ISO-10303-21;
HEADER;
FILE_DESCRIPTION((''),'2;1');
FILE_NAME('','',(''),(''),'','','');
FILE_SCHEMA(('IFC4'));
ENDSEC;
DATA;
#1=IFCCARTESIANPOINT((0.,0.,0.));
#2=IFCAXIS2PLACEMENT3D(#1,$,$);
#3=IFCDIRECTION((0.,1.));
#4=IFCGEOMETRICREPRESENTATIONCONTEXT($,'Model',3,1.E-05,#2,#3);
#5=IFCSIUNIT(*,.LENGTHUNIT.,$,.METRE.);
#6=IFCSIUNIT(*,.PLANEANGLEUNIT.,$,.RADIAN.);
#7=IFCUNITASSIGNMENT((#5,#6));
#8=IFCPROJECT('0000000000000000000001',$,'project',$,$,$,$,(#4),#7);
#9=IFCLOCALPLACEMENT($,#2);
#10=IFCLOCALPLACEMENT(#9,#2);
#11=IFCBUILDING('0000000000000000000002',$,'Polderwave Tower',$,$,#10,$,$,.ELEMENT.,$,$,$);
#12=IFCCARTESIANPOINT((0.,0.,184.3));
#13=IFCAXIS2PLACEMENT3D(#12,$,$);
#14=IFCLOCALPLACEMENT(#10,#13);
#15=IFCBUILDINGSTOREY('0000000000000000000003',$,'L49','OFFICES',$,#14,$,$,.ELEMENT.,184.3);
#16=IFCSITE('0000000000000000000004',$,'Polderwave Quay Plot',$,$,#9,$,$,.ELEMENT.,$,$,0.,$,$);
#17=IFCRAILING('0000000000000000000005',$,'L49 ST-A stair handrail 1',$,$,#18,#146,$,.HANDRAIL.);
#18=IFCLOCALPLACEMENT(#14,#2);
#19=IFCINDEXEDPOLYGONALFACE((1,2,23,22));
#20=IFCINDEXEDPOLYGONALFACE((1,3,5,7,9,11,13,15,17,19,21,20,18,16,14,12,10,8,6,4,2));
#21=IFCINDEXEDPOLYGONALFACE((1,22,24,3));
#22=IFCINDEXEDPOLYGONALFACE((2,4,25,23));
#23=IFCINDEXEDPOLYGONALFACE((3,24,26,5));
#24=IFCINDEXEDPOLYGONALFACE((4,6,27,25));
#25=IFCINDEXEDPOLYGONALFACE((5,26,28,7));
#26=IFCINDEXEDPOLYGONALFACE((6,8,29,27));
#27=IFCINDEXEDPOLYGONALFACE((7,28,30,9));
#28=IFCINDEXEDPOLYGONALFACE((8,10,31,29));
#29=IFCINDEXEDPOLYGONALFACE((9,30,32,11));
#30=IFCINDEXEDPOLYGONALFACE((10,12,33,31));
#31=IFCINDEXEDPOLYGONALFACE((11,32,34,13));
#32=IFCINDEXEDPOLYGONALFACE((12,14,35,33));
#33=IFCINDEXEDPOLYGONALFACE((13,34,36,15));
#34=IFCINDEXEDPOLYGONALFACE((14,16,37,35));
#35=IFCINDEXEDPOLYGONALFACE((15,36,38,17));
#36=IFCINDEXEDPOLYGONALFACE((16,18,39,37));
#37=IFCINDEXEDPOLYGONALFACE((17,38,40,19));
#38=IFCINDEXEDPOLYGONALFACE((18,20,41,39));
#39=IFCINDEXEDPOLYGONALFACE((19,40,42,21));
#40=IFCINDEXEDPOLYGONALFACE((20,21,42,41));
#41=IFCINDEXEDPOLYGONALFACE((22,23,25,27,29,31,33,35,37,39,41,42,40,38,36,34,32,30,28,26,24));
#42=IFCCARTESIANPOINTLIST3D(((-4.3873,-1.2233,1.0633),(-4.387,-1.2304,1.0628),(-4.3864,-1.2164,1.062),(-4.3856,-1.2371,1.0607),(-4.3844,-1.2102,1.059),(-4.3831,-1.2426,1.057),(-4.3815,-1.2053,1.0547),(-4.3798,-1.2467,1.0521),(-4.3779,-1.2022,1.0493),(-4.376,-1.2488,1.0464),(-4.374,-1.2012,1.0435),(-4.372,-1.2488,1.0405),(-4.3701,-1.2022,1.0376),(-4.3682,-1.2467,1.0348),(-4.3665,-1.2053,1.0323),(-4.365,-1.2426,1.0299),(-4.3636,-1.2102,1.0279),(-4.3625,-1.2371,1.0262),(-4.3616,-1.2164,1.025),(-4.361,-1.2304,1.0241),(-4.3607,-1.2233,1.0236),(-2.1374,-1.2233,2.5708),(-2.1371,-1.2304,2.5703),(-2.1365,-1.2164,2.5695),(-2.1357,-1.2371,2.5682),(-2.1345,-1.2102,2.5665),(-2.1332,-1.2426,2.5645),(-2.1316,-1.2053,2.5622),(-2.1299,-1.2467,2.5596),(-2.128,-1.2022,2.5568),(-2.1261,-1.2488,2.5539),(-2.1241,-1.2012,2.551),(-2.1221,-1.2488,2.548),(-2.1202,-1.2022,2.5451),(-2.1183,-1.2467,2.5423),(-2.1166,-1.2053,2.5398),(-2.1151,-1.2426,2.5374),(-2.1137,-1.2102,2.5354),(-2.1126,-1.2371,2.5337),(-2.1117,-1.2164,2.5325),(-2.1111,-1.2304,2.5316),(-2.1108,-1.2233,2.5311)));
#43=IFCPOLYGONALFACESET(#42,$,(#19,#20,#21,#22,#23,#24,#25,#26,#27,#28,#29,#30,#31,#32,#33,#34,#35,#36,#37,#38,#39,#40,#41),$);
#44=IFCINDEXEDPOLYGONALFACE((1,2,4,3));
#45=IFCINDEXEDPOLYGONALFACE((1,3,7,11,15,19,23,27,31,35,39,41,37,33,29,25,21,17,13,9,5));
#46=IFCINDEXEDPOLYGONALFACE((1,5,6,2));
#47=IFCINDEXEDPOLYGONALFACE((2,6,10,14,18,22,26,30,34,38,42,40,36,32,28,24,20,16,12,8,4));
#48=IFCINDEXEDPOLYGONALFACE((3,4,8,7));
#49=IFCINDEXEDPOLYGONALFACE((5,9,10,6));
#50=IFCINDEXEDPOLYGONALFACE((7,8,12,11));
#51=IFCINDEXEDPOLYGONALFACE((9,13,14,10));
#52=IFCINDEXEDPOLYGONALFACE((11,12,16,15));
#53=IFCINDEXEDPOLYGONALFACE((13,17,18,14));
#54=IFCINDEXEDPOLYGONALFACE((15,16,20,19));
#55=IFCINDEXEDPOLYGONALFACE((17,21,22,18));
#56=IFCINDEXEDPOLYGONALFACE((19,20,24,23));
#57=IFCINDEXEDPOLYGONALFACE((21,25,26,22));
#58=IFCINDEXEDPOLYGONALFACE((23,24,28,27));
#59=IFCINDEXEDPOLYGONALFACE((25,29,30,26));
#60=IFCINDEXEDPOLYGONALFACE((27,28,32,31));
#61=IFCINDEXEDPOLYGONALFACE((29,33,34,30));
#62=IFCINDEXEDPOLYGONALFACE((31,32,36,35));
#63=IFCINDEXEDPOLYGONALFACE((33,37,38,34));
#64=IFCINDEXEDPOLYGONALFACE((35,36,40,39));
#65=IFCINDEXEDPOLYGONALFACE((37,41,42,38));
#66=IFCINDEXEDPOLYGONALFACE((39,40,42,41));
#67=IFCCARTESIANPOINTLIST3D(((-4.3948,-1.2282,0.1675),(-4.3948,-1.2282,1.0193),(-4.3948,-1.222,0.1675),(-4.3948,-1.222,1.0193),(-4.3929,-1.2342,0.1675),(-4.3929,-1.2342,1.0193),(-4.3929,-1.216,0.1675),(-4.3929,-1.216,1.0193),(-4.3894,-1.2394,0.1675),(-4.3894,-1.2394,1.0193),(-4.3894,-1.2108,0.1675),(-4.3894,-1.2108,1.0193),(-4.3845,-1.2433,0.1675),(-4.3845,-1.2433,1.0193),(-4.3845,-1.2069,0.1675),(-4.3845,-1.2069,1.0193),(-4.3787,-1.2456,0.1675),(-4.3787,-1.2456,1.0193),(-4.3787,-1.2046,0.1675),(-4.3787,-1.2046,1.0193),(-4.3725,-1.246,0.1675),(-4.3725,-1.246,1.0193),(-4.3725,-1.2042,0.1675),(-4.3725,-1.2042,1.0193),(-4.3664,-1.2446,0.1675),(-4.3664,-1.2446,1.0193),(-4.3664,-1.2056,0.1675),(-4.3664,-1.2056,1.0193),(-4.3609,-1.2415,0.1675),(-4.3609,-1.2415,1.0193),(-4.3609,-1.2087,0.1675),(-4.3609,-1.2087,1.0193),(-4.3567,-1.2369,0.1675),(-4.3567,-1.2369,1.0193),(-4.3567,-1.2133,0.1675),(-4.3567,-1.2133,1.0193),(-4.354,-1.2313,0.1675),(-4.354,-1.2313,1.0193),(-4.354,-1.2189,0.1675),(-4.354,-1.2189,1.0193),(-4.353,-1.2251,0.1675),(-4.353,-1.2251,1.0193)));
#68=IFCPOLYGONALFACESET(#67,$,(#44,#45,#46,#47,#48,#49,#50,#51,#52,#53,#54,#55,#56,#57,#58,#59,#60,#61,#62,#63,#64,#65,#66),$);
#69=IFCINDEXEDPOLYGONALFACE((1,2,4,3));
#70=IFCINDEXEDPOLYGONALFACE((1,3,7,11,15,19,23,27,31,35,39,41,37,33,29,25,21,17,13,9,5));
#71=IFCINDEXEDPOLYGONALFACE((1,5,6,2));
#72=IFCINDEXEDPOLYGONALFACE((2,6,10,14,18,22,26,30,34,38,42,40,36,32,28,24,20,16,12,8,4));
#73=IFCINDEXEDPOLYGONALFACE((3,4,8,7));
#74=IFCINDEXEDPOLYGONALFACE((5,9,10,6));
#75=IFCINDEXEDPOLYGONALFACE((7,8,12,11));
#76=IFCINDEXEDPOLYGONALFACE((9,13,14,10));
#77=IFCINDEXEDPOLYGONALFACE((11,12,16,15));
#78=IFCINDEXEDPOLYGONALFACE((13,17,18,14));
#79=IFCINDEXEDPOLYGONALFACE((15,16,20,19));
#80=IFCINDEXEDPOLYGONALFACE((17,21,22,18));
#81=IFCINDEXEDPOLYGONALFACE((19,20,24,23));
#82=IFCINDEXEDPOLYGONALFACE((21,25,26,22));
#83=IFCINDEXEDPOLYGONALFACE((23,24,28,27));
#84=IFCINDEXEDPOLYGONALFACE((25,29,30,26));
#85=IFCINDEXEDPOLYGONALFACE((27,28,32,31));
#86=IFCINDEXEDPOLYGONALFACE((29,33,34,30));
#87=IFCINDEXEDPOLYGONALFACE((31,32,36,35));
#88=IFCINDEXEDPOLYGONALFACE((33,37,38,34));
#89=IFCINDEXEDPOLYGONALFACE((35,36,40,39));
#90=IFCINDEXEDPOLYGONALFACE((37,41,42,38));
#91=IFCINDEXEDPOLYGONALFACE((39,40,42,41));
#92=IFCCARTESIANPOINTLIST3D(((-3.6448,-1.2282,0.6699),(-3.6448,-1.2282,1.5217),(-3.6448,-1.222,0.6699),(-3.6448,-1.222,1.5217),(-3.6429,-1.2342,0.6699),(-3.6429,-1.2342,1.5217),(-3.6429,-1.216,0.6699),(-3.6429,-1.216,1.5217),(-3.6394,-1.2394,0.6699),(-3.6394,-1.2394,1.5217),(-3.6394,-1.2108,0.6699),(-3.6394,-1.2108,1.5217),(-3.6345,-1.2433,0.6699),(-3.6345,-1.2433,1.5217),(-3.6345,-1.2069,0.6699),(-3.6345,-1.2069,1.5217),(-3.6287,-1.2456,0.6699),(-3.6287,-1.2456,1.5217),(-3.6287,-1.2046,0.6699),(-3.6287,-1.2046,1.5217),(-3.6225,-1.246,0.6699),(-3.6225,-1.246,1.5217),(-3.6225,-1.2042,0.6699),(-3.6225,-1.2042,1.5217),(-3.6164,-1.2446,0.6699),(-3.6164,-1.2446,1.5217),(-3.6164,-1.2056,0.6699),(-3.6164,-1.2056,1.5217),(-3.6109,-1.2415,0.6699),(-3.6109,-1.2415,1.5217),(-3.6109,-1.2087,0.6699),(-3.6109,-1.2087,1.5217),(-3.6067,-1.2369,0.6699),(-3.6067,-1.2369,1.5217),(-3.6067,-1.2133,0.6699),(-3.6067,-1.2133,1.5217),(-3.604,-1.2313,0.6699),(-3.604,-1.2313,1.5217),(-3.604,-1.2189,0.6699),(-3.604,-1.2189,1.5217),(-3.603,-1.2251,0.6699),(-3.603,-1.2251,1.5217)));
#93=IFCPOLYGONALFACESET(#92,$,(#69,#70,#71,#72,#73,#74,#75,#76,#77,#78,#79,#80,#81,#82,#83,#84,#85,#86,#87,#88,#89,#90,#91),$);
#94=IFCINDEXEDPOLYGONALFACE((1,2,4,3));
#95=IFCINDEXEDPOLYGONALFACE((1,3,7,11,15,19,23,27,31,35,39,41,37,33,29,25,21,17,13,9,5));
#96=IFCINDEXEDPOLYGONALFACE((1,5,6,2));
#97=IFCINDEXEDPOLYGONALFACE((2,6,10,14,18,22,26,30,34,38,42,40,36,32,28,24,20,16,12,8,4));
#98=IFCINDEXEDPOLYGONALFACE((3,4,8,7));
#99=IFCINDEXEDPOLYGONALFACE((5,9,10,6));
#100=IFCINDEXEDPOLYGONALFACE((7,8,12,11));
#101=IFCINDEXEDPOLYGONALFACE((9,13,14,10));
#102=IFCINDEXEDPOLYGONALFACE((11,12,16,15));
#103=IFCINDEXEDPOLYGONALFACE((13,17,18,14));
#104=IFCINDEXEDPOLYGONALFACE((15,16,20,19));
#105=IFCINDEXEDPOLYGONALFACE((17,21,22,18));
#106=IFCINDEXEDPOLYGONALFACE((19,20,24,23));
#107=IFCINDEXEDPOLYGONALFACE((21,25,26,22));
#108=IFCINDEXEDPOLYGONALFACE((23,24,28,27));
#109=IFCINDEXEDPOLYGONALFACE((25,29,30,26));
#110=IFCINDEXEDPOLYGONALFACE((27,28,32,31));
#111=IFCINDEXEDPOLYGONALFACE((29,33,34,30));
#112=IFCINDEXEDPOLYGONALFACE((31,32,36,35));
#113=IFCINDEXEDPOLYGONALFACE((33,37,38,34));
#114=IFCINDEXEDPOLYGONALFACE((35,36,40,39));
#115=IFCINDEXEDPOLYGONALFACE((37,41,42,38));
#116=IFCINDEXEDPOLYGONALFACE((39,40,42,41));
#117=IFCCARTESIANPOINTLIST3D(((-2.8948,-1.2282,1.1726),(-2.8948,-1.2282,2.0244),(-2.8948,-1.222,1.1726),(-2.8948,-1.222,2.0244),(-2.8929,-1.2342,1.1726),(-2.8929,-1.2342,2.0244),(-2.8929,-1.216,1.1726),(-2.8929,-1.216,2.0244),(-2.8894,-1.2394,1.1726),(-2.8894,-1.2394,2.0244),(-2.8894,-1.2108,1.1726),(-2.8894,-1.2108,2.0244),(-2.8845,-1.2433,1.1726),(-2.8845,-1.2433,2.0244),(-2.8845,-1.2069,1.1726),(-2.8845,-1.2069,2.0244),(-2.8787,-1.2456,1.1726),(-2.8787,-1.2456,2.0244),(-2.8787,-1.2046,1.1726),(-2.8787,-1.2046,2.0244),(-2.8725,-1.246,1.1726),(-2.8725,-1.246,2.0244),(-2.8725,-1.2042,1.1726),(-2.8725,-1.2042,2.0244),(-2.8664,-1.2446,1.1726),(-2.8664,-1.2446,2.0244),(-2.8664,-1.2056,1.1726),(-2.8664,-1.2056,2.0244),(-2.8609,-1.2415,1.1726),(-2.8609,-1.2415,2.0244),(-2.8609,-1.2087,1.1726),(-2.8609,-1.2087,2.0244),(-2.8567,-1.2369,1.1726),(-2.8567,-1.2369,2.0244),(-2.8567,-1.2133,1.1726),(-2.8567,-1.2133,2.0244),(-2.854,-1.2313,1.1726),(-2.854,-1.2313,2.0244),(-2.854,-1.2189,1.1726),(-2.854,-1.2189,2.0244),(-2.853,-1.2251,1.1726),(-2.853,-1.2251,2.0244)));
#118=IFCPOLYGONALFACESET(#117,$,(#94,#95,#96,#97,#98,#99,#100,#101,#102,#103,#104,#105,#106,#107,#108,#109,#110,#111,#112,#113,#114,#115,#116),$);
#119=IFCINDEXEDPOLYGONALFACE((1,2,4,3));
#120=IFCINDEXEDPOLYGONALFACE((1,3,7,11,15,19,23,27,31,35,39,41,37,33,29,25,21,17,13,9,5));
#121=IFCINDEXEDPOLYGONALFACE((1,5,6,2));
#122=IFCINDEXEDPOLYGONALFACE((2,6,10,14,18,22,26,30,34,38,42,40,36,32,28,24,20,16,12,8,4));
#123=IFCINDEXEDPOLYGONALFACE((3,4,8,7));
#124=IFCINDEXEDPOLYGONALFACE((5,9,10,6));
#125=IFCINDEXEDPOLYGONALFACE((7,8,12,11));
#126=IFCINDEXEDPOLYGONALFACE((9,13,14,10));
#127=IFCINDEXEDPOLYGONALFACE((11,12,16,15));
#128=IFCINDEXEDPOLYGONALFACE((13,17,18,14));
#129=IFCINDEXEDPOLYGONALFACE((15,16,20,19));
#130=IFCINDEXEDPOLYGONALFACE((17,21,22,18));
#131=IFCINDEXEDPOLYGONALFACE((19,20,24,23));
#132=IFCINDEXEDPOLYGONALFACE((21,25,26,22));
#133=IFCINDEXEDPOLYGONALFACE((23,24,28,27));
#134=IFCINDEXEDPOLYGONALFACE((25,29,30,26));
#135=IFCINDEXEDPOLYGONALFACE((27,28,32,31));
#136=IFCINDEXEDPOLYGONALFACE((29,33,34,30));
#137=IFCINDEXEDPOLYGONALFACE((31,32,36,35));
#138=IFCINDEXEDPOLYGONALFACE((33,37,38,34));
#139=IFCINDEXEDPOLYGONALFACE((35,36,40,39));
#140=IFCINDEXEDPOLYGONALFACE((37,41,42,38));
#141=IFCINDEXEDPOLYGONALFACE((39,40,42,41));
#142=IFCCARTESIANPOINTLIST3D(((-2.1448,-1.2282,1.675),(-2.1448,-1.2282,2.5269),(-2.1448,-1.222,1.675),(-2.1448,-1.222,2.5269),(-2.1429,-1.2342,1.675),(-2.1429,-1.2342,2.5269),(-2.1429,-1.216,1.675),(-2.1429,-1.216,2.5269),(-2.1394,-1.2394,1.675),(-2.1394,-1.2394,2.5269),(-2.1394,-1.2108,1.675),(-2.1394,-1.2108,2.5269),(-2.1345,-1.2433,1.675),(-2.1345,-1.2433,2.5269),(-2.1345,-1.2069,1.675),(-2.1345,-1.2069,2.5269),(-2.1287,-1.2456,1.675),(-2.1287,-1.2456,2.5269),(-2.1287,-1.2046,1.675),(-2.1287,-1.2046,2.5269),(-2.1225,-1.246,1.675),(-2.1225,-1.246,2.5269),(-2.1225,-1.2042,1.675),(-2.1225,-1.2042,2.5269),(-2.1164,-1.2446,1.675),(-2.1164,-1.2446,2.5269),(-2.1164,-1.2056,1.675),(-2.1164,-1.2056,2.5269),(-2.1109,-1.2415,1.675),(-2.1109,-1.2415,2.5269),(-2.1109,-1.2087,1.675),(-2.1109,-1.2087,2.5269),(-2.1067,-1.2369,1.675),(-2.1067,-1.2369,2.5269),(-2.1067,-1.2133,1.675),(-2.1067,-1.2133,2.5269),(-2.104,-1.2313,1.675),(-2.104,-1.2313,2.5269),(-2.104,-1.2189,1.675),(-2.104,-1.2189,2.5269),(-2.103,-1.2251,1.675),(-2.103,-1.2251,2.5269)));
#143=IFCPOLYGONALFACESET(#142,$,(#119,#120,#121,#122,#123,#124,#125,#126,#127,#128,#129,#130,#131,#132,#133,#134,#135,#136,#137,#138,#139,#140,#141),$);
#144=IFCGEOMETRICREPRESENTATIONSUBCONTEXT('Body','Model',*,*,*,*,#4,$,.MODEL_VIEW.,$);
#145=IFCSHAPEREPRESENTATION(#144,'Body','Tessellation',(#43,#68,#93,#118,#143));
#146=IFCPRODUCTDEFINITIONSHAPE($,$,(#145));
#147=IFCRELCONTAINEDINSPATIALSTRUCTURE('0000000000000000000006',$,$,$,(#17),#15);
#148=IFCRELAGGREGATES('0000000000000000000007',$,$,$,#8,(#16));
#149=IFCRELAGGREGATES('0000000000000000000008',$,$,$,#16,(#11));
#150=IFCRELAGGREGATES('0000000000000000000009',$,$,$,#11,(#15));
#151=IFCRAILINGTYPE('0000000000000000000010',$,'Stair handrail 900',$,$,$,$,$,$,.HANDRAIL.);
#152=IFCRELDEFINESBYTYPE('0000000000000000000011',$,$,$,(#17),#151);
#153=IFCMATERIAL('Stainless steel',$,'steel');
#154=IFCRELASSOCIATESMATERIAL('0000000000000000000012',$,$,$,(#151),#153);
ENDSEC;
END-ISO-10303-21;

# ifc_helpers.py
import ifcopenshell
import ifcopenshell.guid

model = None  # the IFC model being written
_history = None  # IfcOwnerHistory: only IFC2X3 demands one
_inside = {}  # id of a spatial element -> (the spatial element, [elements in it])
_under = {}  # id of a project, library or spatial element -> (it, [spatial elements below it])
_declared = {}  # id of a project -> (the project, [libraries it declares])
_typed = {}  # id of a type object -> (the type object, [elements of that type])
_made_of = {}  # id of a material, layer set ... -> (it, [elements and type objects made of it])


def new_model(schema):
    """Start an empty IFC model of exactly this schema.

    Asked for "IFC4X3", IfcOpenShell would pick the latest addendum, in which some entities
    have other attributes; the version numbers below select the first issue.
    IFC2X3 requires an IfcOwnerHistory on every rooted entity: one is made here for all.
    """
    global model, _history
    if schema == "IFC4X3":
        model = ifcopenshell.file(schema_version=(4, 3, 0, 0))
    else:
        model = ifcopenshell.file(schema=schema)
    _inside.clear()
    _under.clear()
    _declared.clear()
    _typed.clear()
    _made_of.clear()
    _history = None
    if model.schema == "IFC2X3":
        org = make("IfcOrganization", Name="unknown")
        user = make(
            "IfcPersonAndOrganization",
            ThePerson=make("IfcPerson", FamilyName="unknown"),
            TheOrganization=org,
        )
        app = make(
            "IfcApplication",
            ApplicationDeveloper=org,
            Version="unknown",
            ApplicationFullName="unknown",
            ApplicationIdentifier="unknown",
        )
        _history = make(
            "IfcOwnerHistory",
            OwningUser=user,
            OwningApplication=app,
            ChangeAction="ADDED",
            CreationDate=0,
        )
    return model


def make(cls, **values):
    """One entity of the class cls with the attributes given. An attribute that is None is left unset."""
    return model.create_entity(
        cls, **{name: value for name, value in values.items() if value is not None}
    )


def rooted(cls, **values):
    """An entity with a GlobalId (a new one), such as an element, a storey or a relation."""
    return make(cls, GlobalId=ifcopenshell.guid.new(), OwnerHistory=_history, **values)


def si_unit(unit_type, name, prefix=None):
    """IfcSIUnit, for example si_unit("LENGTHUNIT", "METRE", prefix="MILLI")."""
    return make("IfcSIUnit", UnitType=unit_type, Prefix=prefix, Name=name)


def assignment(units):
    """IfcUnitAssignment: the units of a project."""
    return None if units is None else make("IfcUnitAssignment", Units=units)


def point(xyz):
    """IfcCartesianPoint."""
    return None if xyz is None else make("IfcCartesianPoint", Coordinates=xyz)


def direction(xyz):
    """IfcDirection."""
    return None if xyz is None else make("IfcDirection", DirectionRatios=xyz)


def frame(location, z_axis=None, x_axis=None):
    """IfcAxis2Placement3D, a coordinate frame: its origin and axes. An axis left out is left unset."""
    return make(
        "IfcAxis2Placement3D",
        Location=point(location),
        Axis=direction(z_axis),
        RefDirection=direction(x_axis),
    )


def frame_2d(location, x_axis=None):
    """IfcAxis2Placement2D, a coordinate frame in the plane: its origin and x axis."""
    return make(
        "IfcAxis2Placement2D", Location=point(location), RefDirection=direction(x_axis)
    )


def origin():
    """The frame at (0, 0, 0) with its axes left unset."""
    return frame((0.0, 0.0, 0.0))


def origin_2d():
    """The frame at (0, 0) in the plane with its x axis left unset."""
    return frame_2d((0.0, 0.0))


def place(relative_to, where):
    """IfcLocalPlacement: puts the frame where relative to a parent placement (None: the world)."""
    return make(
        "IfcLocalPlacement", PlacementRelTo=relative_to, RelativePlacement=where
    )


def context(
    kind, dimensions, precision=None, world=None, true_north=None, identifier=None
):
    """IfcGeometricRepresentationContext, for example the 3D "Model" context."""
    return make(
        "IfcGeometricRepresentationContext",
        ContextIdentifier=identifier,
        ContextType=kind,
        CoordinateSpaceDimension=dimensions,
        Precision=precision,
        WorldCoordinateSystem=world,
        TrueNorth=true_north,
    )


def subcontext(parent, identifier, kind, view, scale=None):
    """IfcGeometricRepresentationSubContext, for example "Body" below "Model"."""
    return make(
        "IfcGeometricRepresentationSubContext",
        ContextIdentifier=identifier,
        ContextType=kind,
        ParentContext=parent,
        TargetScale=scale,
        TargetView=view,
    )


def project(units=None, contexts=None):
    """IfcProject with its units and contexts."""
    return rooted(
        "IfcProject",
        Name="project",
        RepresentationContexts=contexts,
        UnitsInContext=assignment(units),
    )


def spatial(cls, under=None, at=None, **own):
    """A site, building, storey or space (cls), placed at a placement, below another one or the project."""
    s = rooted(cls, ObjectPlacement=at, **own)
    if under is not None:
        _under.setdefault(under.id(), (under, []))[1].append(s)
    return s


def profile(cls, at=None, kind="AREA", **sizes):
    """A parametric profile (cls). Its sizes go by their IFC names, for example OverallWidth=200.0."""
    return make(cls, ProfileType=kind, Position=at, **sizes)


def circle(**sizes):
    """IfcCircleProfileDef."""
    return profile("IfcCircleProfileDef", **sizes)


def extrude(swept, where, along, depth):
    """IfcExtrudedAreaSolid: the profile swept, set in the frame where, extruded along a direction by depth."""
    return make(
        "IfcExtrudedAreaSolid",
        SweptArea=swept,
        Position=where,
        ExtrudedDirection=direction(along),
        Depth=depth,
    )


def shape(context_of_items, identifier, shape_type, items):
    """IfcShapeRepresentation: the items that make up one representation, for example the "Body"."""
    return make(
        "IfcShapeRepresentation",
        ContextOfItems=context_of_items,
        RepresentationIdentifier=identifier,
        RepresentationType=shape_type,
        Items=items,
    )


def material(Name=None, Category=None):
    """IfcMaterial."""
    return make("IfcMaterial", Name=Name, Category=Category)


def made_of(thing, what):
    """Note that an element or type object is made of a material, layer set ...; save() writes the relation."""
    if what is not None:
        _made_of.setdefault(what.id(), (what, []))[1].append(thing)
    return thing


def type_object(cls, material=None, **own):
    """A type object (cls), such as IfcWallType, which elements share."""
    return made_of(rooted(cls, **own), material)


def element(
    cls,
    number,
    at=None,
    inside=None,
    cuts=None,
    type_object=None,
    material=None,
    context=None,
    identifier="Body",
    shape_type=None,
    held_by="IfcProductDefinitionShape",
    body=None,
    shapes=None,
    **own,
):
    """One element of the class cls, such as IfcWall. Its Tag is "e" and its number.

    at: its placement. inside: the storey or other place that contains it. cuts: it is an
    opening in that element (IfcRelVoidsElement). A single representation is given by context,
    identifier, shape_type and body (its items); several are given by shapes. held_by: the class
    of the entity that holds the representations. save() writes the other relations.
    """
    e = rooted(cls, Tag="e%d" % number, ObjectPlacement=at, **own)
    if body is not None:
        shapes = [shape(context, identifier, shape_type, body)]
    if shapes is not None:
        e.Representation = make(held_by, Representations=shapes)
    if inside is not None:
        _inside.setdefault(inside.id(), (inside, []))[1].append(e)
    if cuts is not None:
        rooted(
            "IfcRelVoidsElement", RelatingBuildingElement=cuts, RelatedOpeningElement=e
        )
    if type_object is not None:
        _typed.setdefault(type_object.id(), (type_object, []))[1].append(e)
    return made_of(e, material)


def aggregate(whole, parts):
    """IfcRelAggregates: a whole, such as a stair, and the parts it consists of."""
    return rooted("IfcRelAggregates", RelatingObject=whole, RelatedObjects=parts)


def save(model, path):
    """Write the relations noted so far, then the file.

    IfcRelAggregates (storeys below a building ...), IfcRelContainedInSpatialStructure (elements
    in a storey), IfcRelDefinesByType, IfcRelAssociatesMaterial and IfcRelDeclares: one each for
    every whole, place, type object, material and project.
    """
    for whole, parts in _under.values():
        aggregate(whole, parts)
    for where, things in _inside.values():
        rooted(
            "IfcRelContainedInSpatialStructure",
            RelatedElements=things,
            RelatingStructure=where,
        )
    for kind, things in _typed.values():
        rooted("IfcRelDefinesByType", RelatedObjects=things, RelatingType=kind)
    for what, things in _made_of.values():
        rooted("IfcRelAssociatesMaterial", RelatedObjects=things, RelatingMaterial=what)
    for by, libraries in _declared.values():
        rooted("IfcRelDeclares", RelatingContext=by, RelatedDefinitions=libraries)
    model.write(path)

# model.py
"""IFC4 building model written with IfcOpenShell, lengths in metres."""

from ifc_helpers import new_model, si_unit, direction, frame, origin, origin_2d, place, context, subcontext, project, spatial, circle, extrude, material, type_object, element, save


model = new_model("IFC4")

# Units and contexts
model_context = context("Model", 3, precision=1e-05, world=origin(), true_north=direction((0.0, 1.0)))
body_context = subcontext(model_context, "Body", "Model", "MODEL_VIEW")
ifc_project = project(units=[si_unit("LENGTHUNIT", "METRE"), si_unit("PLANEANGLEUNIT", "RADIAN")], contexts=[model_context])

# Site, building, storey
site_placement = place(None, origin())
site = spatial("IfcSite", under=ifc_project, at=site_placement, Name="Polderwave Quay Plot", CompositionType="ELEMENT", RefElevation=0.0)
building_placement = place(site_placement, origin())
building = spatial("IfcBuilding", under=site, at=building_placement, Name="Polderwave Tower", CompositionType="ELEMENT")
storey_placement = place(building_placement, frame((0.0, 0.0, 184.3)))
storey = spatial("IfcBuildingStorey", under=building, at=storey_placement, Name="L49", Description="OFFICES", CompositionType="ELEMENT", Elevation=184.3)

# Railing
ifc_material_1 = material(Name="Stainless steel", Category="steel")
railing_type_1 = type_object("IfcRailingType", Name="Stair handrail 900", PredefinedType="HANDRAIL", material=ifc_material_1)
railing_1_placement = place(storey_placement, frame((-4.374, -1.2251, 0.1675)))
element("IfcRailing", 1, at=railing_1_placement, inside=storey, type_object=railing_type_1, Name="L49 ST-A stair handrail 1", PredefinedType="HANDRAIL", context=body_context, shape_type="SweptSolid", body=[
    extrude(circle(Radius=0.0239, at=origin_2d()), frame((0.0, 0.0, 0.876), z_axis=(0.830758, 0.0, 0.556633), x_axis=(0.0, 1.0, 0.0)), (0.0, 0.0, 1.0), 2.7083),
    extrude(circle(Radius=0.021, at=origin_2d()), origin(), (0.0, 0.0, 1.0), 0.8518),
    extrude(circle(Radius=0.021, at=origin_2d()), frame((0.75, 0.0, 0.5024)), (0.0, 0.0, 1.0), 0.8518),
    extrude(circle(Radius=0.021, at=origin_2d()), frame((1.5, 0.0, 1.0051)), (0.0, 0.0, 1.0), 0.8518),
    extrude(circle(Radius=0.021, at=origin_2d()), frame((2.25, 0.0, 1.5076)), (0.0, 0.0, 1.0), 0.8518),
])

save(model, "model.ifc")
